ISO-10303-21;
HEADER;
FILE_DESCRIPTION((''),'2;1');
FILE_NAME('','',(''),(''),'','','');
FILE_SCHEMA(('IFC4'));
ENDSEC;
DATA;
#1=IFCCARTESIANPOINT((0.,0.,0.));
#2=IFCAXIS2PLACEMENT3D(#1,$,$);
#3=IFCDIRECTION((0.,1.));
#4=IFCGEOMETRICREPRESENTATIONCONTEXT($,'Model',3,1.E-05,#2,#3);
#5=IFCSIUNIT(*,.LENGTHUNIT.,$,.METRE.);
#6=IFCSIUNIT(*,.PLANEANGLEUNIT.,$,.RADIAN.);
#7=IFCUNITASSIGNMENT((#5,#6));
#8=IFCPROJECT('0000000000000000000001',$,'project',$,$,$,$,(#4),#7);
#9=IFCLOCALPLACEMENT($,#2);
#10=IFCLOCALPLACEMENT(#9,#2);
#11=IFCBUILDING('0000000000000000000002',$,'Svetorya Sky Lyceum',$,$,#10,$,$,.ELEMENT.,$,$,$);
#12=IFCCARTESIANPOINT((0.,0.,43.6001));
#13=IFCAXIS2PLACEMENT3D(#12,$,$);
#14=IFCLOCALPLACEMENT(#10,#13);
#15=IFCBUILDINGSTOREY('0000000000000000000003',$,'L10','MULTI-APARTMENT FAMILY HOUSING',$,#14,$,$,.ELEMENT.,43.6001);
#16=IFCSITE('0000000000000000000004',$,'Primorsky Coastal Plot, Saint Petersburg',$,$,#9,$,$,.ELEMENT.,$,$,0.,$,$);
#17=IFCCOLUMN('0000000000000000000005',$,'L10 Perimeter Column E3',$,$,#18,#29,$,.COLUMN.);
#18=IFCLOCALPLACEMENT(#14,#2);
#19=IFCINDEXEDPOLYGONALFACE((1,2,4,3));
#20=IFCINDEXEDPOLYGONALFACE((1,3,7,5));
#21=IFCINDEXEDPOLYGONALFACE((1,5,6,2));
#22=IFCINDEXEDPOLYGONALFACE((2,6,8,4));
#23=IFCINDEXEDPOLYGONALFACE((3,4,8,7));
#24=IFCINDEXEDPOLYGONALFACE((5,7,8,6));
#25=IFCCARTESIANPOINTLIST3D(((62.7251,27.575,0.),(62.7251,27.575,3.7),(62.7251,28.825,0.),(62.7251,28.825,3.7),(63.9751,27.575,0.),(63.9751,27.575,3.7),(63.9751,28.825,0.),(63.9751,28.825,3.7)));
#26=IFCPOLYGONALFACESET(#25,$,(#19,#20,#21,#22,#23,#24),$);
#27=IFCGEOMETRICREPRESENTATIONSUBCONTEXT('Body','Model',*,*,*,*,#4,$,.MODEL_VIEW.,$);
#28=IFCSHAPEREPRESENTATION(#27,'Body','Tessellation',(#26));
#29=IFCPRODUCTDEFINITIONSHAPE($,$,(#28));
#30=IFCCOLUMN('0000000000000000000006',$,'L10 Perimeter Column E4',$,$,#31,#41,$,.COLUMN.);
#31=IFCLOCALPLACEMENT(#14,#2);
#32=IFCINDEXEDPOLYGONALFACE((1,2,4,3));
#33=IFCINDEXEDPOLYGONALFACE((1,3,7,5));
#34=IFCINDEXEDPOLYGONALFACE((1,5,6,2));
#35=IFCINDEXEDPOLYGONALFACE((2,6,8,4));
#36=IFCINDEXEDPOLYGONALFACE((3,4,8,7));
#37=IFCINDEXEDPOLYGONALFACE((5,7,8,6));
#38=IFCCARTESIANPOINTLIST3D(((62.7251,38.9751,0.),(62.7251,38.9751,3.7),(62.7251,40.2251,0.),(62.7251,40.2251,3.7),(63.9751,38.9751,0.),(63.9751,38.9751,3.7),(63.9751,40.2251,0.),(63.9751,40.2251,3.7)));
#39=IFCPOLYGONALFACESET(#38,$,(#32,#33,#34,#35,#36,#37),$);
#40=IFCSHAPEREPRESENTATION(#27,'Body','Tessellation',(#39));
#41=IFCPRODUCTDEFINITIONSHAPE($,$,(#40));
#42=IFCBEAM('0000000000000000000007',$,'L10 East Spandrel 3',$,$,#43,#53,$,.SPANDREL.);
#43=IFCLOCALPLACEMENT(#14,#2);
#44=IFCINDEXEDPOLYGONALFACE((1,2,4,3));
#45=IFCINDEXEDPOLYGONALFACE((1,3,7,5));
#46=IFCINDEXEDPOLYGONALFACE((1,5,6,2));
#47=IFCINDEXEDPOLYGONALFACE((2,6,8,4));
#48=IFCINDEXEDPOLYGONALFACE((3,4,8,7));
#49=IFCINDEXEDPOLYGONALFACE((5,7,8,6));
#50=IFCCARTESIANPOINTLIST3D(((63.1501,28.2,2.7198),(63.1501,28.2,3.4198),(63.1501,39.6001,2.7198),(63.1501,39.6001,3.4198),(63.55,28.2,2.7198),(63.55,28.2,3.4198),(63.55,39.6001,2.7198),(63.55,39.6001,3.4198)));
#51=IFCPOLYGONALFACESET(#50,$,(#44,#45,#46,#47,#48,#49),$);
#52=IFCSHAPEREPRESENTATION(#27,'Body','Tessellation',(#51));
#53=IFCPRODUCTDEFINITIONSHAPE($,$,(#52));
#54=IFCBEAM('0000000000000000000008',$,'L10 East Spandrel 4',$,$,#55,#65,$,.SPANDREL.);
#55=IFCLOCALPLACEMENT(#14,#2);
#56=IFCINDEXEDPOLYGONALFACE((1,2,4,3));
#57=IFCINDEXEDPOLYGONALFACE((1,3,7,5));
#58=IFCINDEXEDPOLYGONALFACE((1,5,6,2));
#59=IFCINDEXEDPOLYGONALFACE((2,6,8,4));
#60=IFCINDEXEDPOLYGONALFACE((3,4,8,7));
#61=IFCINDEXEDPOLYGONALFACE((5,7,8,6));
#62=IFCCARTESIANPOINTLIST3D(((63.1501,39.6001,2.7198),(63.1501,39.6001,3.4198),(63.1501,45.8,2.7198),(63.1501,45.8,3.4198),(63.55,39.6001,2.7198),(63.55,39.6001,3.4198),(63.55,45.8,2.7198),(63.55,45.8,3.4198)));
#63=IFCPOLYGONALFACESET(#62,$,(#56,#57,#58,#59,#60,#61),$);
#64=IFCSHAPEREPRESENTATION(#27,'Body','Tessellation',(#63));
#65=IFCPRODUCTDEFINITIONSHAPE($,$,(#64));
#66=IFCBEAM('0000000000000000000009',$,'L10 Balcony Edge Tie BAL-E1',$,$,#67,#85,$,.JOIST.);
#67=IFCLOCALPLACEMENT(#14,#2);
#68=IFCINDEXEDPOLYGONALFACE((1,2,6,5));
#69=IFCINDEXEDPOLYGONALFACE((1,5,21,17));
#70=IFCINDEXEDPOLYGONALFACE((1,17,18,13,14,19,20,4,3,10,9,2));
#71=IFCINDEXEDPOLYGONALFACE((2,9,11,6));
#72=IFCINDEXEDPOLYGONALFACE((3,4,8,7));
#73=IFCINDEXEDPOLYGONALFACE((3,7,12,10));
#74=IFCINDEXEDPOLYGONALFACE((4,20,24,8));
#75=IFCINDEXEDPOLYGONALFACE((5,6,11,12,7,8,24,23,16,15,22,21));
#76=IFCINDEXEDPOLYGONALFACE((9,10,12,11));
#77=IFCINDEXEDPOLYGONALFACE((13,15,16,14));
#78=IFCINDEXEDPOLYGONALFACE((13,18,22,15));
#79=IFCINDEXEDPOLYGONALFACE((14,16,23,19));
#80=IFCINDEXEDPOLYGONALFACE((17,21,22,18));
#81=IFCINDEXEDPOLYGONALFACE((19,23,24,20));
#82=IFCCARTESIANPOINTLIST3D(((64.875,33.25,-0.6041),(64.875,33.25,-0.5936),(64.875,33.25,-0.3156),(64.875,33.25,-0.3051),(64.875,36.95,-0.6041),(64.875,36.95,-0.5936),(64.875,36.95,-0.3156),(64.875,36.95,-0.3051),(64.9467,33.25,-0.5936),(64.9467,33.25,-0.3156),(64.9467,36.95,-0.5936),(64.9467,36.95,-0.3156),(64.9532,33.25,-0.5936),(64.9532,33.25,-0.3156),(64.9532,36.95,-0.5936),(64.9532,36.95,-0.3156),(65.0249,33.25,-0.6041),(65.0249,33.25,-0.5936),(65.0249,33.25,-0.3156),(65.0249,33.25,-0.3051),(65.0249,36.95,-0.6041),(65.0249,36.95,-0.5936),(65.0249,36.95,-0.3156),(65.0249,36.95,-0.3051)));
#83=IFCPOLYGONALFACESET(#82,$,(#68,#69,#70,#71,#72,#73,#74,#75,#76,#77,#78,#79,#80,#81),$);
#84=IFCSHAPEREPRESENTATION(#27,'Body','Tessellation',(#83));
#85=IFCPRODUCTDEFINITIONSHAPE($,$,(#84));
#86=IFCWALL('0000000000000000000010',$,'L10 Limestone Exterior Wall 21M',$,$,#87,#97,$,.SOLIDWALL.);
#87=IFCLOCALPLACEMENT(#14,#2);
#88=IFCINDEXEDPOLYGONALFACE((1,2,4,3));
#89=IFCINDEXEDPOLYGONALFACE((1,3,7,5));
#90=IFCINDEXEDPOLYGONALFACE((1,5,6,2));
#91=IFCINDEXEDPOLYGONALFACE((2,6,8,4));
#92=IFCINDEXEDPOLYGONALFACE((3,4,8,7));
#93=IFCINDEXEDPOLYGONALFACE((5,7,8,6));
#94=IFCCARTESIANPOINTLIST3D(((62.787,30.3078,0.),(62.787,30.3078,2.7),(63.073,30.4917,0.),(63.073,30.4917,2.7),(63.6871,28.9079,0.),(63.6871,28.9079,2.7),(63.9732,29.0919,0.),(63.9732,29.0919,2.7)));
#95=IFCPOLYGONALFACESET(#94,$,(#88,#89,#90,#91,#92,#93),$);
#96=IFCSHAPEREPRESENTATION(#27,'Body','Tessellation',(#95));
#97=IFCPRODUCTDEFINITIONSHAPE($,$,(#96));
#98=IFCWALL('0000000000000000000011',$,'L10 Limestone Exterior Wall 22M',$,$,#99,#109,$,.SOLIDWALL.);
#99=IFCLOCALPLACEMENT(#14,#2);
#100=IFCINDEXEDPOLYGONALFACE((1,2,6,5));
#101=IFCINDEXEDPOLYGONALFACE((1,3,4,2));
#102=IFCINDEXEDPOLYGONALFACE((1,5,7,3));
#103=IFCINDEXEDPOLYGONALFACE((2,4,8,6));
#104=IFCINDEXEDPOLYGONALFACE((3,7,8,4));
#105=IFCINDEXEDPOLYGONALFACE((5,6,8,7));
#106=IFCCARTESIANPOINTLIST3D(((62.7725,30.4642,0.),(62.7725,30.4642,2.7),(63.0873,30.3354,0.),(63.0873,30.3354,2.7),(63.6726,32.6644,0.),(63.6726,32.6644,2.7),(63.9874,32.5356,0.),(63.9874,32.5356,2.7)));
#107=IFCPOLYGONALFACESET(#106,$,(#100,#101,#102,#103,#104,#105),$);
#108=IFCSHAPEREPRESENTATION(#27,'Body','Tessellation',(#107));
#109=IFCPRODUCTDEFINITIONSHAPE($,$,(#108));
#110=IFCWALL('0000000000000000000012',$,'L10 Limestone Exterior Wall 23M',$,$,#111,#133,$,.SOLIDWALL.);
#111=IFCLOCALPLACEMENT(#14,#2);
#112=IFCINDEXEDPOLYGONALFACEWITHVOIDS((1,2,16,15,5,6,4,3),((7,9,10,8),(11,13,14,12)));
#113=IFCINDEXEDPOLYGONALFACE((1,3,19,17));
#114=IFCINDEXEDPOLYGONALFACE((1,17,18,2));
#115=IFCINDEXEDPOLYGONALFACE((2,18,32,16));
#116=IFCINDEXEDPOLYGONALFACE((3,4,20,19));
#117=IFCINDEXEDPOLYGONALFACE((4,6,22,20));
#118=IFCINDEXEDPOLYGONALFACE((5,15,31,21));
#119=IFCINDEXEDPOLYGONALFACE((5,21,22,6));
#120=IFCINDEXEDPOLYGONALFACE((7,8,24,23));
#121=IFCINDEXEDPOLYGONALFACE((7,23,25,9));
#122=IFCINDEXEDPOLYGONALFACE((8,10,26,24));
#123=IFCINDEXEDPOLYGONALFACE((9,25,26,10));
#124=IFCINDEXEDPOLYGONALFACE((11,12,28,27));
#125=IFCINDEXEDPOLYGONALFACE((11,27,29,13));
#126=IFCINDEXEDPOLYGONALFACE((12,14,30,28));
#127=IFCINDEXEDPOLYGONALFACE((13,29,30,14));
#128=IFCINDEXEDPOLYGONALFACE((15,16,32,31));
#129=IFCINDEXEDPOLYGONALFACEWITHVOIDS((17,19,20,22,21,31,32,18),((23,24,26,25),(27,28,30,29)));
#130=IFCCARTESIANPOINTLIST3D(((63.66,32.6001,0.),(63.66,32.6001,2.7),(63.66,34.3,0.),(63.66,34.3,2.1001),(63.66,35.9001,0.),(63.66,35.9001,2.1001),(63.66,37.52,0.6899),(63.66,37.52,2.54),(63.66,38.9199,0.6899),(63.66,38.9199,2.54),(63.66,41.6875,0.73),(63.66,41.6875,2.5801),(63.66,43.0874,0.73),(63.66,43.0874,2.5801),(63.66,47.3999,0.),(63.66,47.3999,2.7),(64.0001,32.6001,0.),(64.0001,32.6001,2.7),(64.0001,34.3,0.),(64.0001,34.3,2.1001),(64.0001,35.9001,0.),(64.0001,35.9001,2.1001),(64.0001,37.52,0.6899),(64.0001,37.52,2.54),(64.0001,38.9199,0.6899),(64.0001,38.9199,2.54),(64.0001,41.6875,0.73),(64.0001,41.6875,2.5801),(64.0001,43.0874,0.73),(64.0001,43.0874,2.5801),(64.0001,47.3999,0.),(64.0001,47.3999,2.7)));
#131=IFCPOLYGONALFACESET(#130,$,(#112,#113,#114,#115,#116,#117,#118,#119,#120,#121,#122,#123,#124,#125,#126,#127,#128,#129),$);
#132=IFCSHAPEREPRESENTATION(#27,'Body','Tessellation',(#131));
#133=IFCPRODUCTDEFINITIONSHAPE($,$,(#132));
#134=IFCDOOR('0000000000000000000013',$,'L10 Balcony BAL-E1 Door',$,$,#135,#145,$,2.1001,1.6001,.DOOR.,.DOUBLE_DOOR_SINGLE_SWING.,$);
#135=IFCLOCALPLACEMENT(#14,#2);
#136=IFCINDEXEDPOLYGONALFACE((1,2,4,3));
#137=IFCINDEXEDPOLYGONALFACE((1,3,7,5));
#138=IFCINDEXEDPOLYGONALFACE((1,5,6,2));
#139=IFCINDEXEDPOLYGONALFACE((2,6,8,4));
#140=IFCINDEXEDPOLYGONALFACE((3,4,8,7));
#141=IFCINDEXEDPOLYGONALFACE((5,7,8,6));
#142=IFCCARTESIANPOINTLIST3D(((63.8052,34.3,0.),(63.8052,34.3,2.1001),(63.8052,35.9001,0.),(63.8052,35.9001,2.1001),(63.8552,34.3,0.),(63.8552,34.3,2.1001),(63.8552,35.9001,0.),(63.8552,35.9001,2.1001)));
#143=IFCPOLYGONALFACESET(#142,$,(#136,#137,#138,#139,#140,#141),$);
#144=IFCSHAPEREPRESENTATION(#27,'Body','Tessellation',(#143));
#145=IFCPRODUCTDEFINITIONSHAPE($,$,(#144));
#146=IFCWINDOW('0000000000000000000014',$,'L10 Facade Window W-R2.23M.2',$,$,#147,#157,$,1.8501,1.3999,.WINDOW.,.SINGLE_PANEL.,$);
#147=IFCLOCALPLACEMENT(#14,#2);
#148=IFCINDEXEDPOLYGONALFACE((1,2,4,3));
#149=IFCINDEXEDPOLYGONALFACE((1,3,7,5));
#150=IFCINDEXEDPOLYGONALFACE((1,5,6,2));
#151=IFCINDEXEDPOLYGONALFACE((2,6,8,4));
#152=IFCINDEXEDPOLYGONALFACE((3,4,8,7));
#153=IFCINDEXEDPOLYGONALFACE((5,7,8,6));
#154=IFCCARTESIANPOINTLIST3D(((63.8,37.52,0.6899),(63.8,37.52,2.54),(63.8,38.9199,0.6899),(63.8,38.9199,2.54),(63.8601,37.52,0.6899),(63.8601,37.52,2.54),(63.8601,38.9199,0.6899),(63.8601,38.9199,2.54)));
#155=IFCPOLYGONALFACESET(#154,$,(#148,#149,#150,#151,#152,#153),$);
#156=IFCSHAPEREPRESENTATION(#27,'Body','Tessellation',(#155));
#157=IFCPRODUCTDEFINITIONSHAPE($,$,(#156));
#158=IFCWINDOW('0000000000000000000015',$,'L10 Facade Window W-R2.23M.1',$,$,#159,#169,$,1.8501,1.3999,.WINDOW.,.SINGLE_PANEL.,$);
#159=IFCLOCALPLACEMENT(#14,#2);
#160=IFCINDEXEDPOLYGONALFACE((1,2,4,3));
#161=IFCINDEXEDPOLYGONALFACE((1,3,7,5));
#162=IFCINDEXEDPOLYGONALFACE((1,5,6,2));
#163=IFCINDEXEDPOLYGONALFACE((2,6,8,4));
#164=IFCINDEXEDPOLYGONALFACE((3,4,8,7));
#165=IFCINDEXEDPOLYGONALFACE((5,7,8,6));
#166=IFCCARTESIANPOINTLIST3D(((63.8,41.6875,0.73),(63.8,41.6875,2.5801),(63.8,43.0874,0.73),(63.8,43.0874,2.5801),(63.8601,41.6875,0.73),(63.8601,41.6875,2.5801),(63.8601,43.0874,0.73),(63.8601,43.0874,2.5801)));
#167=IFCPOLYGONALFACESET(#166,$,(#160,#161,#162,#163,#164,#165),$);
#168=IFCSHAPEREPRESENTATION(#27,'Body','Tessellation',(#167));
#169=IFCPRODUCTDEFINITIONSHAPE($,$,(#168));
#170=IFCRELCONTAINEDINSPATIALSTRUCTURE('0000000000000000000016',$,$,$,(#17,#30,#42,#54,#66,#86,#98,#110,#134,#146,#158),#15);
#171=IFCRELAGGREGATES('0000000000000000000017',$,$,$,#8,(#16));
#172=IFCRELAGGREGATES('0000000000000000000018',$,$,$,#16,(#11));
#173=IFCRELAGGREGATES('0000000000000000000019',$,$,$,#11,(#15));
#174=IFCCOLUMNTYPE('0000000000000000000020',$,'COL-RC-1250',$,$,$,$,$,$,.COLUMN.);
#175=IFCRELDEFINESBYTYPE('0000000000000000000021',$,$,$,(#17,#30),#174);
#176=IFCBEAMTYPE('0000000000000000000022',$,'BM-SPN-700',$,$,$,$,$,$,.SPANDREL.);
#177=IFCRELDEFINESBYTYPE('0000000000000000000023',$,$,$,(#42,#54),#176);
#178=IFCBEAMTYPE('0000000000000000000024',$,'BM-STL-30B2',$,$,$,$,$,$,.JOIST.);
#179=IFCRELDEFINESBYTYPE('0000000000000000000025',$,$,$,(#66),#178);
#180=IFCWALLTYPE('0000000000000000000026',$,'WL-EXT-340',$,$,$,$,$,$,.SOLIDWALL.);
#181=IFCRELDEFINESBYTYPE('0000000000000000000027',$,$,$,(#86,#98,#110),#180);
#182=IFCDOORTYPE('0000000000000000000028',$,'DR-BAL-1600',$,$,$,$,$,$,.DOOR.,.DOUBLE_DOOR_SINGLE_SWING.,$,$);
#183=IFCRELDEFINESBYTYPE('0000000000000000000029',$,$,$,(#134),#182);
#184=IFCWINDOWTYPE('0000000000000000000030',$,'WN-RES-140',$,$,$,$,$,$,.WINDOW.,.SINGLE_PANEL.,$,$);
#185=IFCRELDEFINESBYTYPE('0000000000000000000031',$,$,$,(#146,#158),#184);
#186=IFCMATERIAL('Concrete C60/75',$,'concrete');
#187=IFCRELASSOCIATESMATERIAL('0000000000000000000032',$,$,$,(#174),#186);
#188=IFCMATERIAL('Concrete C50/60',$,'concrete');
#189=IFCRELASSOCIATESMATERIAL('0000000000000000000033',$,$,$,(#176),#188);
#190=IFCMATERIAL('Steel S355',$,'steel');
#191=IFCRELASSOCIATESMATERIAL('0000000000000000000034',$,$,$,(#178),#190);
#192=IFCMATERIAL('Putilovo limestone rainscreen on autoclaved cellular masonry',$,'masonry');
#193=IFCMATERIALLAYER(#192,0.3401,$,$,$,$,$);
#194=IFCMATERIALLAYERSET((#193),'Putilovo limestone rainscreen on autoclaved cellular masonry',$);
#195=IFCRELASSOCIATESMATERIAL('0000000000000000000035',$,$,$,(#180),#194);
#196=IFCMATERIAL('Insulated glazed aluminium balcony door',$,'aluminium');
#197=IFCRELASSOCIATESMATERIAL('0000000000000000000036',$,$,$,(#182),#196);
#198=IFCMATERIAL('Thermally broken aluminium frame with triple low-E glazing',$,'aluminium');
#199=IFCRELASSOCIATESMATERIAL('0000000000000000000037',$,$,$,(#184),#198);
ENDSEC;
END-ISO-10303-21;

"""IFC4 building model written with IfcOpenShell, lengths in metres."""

from ifc_helpers import new_model, si_unit, direction, frame, frame_2d, origin, origin_2d, place, context, subcontext, project, spatial, rectangle, i_section, extrude, material, layer, layer_set, material_profile, profile_set, type_object, element, fill, save


model = new_model("IFC4")

# Units and contexts
model_context = context("Model", 3, precision=1e-05, world=origin(), true_north=direction((0.0, 1.0)))
body_context = subcontext(model_context, "Body", "Model", "MODEL_VIEW")
ifc_project = project(units=[si_unit("LENGTHUNIT", "METRE"), si_unit("PLANEANGLEUNIT", "RADIAN")], contexts=[model_context])

# Site, building, storey
site_placement = place(None, origin())
site = spatial("IfcSite", under=ifc_project, at=site_placement, Name="Primorsky Coastal Plot, Saint Petersburg", CompositionType="ELEMENT", RefElevation=0.0)
building_placement = place(site_placement, origin())
building = spatial("IfcBuilding", under=site, at=building_placement, Name="Svetorya Sky Lyceum", CompositionType="ELEMENT")
storey_placement = place(building_placement, frame((0.0, 0.0, 43.6001)))
storey = spatial("IfcBuildingStorey", under=building, at=storey_placement, Name="L10", Description="MULTI-APARTMENT FAMILY HOUSING", CompositionType="ELEMENT", Elevation=43.6001)

# Columns
ifc_material_1 = material(Name="Concrete C60/75", Category="concrete")
ifc_material_profile_1 = material_profile(ifc_material_1, rectangle(XDim=1.25, YDim=1.25, at=origin_2d()), Name="RC COL 1250x1250")
ifc_profile_set_1 = profile_set([ifc_material_profile_1], Name="Concrete C60/75")
column_type = type_object("IfcColumnType", Name="COL-RC-1250", PredefinedType="COLUMN", material=ifc_profile_set_1)
for number, where, z_axis, x_axis, name in (
    (1, (63.3501, 28.2, 0.0), (0.0, 0.0, 1.0), (1.0, 0.0, 0.0), "L10 Perimeter Column E3"),
    (2, (63.3501, 39.6001, 0.0), (0.0, 0.0, 1.0), (1.0, 0.0, 0.0), "L10 Perimeter Column E4"),
):
    element("IfcColumn", number, at=place(storey_placement, frame(where, z_axis=z_axis, x_axis=x_axis)), inside=storey, type_object=column_type, Name=name, PredefinedType="COLUMN", context=body_context, shape_type="SweptSolid", body=[
        extrude(rectangle(XDim=1.25, YDim=1.25, at=origin_2d()), origin(), (0.0, 0.0, 1.0), 3.7),
    ])

# Beams
ifc_material_2 = material(Name="Concrete C50/60", Category="concrete")
ifc_material_profile_2 = material_profile(ifc_material_2, rectangle(XDim=0.3999, YDim=0.7, at=origin_2d()), Name="RC SPANDREL 400x700")
ifc_profile_set_2 = profile_set([ifc_material_profile_2], Name="Concrete C50/60")
beam_type_1 = type_object("IfcBeamType", Name="BM-SPN-700", PredefinedType="SPANDREL", material=ifc_profile_set_2)
beam_1_placement = place(storey_placement, frame((63.3501, 28.2, 3.0698), z_axis=(0.0, 1.0, 0.0), x_axis=(-1.0, 0.0, 0.0)))
element("IfcBeam", 3, at=beam_1_placement, inside=storey, type_object=beam_type_1, Name="L10 East Spandrel 3", PredefinedType="SPANDREL", context=body_context, shape_type="SweptSolid", body=[
    extrude(rectangle(XDim=0.3999, YDim=0.7, at=origin_2d()), origin(), (0.0, 0.0, 1.0), 11.4001),
])
beam_2_placement = place(storey_placement, frame((63.3501, 39.6001, 3.0698), z_axis=(0.0, 1.0, 0.0), x_axis=(-1.0, 0.0, 0.0)))
element("IfcBeam", 4, at=beam_2_placement, inside=storey, type_object=beam_type_1, Name="L10 East Spandrel 4", PredefinedType="SPANDREL", context=body_context, shape_type="SweptSolid", body=[
    extrude(rectangle(XDim=0.3999, YDim=0.7, at=origin_2d()), origin(), (0.0, 0.0, 1.0), 6.2),
])
ifc_material_3 = material(Name="Steel S355", Category="steel")
ifc_material_profile_3 = material_profile(ifc_material_3, i_section(OverallWidth=0.1499, OverallDepth=0.2991, WebThickness=0.0066, FlangeThickness=0.0105, at=origin_2d()), Name="GOST 30B2")
ifc_profile_set_3 = profile_set([ifc_material_profile_3], Name="Steel S355")
beam_type_2 = type_object("IfcBeamType", Name="BM-STL-30B2", PredefinedType="JOIST", material=ifc_profile_set_3)
beam_3_placement = place(storey_placement, frame((64.95, 33.25, -0.4546), z_axis=(0.0, 1.0, 0.0), x_axis=(-1.0, 0.0, 0.0)))
element("IfcBeam", 5, at=beam_3_placement, inside=storey, type_object=beam_type_2, Name="L10 Balcony Edge Tie BAL-E1", PredefinedType="JOIST", context=body_context, shape_type="SweptSolid", body=[
    extrude(i_section(OverallWidth=0.1499, OverallDepth=0.2991, WebThickness=0.0066, FlangeThickness=0.0105, at=origin_2d()), origin(), (0.0, 0.0, 1.0), 3.7),
])

# Walls
ifc_material_4 = material(Name="Putilovo limestone rainscreen on autoclaved cellular masonry", Category="masonry")
ifc_layer = layer(ifc_material_4, 0.3401)
ifc_layer_set = layer_set([ifc_layer], Name="Putilovo limestone rainscreen on autoclaved cellular masonry")
wall_type = type_object("IfcWallType", Name="WL-EXT-340", PredefinedType="SOLIDWALL", material=ifc_layer_set)
wall_1_placement = place(storey_placement, frame((63.8301, 29.0, 0.0), z_axis=(0.0, 0.0, 1.0), x_axis=(-0.540847, 0.841121, 0.0)))
element("IfcWall", 6, at=wall_1_placement, inside=storey, type_object=wall_type, Name="L10 Limestone Exterior Wall 21M", PredefinedType="SOLIDWALL", context=body_context, shape_type="SweptSolid", body=[
    extrude(rectangle(XDim=1.6643, YDim=0.3401, at=frame_2d((0.832, 0.0))), origin(), (0.0, 0.0, 1.0), 2.7),
])
wall_2_placement = place(storey_placement, frame((62.9299, 30.3999, 0.0), z_axis=(0.0, 0.0, 1.0), x_axis=(0.378657, 0.925537, 0.0)))
element("IfcWall", 7, at=wall_2_placement, inside=storey, type_object=wall_type, Name="L10 Limestone Exterior Wall 22M", PredefinedType="SOLIDWALL", context=body_context, shape_type="SweptSolid", body=[
    extrude(rectangle(XDim=2.3772, YDim=0.3401, at=frame_2d((1.1885, 0.0))), origin(), (0.0, 0.0, 1.0), 2.7),
])

# Wall, openings, door, windows
wall_3_placement = place(storey_placement, frame((63.8301, 32.6001, 0.0), z_axis=(0.0, 0.0, 1.0), x_axis=(0.0, 1.0, 0.0)))
wall_3 = element("IfcWall", 8, at=wall_3_placement, inside=storey, type_object=wall_type, Name="L10 Limestone Exterior Wall 23M", PredefinedType="SOLIDWALL", context=body_context, shape_type="SweptSolid", body=[
    extrude(rectangle(XDim=14.7998, YDim=0.3401, at=frame_2d((7.3999, 0.0))), origin(), (0.0, 0.0, 1.0), 2.7),
])
opening_1_placement = place(wall_3_placement, frame((1.7, 0.0, 0.0)))
opening_1 = element("IfcOpeningElement", 9, at=opening_1_placement, cuts=wall_3, PredefinedType="OPENING", context=body_context, shape_type="SweptSolid", body=[
    extrude(rectangle(XDim=1.6001, YDim=2.1001, at=frame_2d((0.8, 1.05))), frame((0.0, 0.1799, 0.0), z_axis=(0.0, -1.0, 0.0), x_axis=(1.0, 0.0, 0.0)), (0.0, 0.0, 1.0), 0.3601),
])
opening_2_placement = place(wall_3_placement, frame((4.9199, 0.0, 0.6899)))
opening_2 = element("IfcOpeningElement", 10, at=opening_2_placement, cuts=wall_3, PredefinedType="OPENING", context=body_context, shape_type="SweptSolid", body=[
    extrude(rectangle(XDim=1.3999, YDim=1.8501, at=frame_2d((0.7, 0.925))), frame((0.0, 0.1799, 0.0), z_axis=(0.0, -1.0, 0.0), x_axis=(1.0, 0.0, 0.0)), (0.0, 0.0, 1.0), 0.3601),
])
opening_3_placement = place(wall_3_placement, frame((9.0874, 0.0, 0.73)))
opening_3 = element("IfcOpeningElement", 11, at=opening_3_placement, cuts=wall_3, PredefinedType="OPENING", context=body_context, shape_type="SweptSolid", body=[
    extrude(rectangle(XDim=1.3999, YDim=1.8501, at=frame_2d((0.7, 0.925))), frame((0.0, 0.1799, 0.0), z_axis=(0.0, -1.0, 0.0), x_axis=(1.0, 0.0, 0.0)), (0.0, 0.0, 1.0), 0.3601),
])
ifc_material_5 = material(Name="Insulated glazed aluminium balcony door", Category="aluminium")
door_type = type_object("IfcDoorType", Name="DR-BAL-1600", OperationType="DOUBLE_DOOR_SINGLE_SWING", PredefinedType="DOOR", material=ifc_material_5)
door_placement = place(opening_1_placement, origin())
door = element("IfcDoor", 12, at=door_placement, inside=storey, type_object=door_type, Name="L10 Balcony BAL-E1 Door", OperationType="DOUBLE_DOOR_SINGLE_SWING", OverallHeight=2.1001, OverallWidth=1.6001, PredefinedType="DOOR", context=body_context, shape_type="SweptSolid", body=[
    extrude(rectangle(XDim=1.6001, YDim=2.1001, at=frame_2d((0.8, 1.05))), frame((0.0, 0.0249, 0.0), z_axis=(0.0, -1.0, 0.0), x_axis=(1.0, 0.0, 0.0)), (0.0, 0.0, 1.0), 0.05),
])
fill(opening_1, door)
ifc_material_6 = material(Name="Thermally broken aluminium frame with triple low-E glazing", Category="aluminium")
window_type = type_object("IfcWindowType", Name="WN-RES-140", PartitioningType="SINGLE_PANEL", PredefinedType="WINDOW", material=ifc_material_6)
window_1_placement = place(opening_2_placement, origin())
window_1 = element("IfcWindow", 13, at=window_1_placement, inside=storey, type_object=window_type, Name="L10 Facade Window W-R2.23M.2", OverallHeight=1.8501, OverallWidth=1.3999, PartitioningType="SINGLE_PANEL", PredefinedType="WINDOW", context=body_context, shape_type="SweptSolid", body=[
    extrude(rectangle(XDim=1.3999, YDim=1.8501, at=frame_2d((0.7, 0.925))), frame((0.0, 0.03, 0.0), z_axis=(0.0, -1.0, 0.0), x_axis=(1.0, 0.0, 0.0)), (0.0, 0.0, 1.0), 0.0601),
])
fill(opening_2, window_1)
window_2_placement = place(opening_3_placement, origin())
window_2 = element("IfcWindow", 14, at=window_2_placement, inside=storey, type_object=window_type, Name="L10 Facade Window W-R2.23M.1", OverallHeight=1.8501, OverallWidth=1.3999, PartitioningType="SINGLE_PANEL", PredefinedType="WINDOW", context=body_context, shape_type="SweptSolid", body=[
    extrude(rectangle(XDim=1.3999, YDim=1.8501, at=frame_2d((0.7, 0.925))), frame((0.0, 0.03, 0.0), z_axis=(0.0, -1.0, 0.0), x_axis=(1.0, 0.0, 0.0)), (0.0, 0.0, 1.0), 0.0601),
])
fill(opening_3, window_2)

save(model, "model.ifc")
